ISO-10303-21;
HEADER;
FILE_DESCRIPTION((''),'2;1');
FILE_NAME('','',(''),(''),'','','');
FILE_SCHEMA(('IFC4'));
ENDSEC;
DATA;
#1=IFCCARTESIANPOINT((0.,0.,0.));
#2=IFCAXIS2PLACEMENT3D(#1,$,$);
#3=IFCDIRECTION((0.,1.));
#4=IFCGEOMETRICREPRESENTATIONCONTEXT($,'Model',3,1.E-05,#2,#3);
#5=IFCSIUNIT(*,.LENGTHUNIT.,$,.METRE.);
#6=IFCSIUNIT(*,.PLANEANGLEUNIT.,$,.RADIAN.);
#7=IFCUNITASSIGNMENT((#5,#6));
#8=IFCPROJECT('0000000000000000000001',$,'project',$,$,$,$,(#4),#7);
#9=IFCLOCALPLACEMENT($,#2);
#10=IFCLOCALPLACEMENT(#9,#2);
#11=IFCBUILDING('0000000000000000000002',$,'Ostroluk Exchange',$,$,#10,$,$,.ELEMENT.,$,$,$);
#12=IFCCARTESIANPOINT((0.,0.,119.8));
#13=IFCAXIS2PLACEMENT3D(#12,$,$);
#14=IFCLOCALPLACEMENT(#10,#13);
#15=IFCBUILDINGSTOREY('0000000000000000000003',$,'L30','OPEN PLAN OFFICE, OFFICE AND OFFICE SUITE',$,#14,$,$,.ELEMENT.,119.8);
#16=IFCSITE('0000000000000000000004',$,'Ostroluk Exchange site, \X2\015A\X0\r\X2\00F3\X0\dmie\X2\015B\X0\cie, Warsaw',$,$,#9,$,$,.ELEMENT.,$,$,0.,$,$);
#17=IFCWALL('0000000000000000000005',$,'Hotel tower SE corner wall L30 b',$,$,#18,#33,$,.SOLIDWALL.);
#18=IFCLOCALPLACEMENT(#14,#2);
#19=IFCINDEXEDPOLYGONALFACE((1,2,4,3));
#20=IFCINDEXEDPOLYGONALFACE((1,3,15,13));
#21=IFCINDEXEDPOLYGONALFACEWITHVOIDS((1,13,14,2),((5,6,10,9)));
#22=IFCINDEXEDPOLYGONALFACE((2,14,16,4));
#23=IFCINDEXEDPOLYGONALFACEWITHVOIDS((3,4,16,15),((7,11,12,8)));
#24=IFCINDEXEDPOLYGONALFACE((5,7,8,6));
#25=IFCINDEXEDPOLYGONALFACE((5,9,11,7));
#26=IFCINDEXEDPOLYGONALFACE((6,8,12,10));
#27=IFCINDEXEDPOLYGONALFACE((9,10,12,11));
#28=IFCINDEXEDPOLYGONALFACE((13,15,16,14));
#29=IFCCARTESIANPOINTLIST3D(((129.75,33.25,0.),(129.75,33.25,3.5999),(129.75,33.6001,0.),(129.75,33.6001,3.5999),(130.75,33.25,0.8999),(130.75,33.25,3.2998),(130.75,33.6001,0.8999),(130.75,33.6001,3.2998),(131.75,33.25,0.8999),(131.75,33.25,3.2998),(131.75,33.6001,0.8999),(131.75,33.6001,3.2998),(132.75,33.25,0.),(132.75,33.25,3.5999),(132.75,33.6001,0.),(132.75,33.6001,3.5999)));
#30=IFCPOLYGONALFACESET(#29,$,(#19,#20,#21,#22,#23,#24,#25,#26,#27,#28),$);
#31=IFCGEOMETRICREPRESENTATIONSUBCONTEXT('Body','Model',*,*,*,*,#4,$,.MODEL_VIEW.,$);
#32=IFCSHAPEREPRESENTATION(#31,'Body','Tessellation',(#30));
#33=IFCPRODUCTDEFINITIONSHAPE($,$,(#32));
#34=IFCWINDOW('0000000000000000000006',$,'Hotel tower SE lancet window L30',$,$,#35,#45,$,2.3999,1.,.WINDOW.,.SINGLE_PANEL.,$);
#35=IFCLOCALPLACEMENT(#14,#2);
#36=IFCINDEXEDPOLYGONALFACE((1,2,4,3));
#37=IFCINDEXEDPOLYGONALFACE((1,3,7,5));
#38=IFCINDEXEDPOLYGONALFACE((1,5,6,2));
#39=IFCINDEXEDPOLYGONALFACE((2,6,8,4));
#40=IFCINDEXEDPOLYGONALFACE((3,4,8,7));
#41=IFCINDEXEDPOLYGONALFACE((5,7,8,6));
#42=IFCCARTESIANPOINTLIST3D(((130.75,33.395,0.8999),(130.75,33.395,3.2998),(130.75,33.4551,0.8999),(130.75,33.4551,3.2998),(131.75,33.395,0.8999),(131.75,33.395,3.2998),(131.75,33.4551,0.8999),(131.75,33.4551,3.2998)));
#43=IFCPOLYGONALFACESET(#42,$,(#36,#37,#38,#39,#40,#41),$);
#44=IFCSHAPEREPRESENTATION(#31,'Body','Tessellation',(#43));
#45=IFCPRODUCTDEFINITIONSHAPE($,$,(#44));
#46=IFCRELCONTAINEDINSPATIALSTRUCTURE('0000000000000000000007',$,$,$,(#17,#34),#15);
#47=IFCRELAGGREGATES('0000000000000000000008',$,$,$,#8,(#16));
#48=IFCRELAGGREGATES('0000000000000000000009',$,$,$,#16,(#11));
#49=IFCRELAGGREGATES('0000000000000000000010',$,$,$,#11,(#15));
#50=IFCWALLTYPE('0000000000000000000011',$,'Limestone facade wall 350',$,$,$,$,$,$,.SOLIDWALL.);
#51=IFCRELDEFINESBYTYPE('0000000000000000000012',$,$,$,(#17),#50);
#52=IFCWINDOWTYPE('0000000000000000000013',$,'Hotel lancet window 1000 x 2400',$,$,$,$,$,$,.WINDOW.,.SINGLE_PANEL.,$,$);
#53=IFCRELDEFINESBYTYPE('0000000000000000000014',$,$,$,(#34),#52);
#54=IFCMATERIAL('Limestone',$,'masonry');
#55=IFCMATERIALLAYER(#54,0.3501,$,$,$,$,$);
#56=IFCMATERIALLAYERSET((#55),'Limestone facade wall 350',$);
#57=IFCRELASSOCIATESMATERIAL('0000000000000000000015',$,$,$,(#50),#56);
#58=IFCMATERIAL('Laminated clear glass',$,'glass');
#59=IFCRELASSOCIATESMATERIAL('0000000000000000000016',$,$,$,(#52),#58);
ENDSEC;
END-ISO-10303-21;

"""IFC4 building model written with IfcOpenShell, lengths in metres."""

from ifc_helpers import new_model, si_unit, direction, frame, frame_2d, origin, place, context, subcontext, project, spatial, rectangle, extrude, material, layer, layer_set, type_object, element, fill, save


model = new_model("IFC4")

# Units and contexts
model_context = context("Model", 3, precision=1e-05, world=origin(), true_north=direction((0.0, 1.0)))
body_context = subcontext(model_context, "Body", "Model", "MODEL_VIEW")
ifc_project = project(units=[si_unit("LENGTHUNIT", "METRE"), si_unit("PLANEANGLEUNIT", "RADIAN")], contexts=[model_context])

# Site, building, storey
site_placement = place(None, origin())
site = spatial("IfcSite", under=ifc_project, at=site_placement, Name="Ostroluk Exchange site, Śródmieście, Warsaw", CompositionType="ELEMENT", RefElevation=0.0)
building_placement = place(site_placement, origin())
building = spatial("IfcBuilding", under=site, at=building_placement, Name="Ostroluk Exchange", CompositionType="ELEMENT")
storey_placement = place(building_placement, frame((0.0, 0.0, 119.8)))
storey = spatial("IfcBuildingStorey", under=building, at=storey_placement, Name="L30", Description="OPEN PLAN OFFICE, OFFICE AND OFFICE SUITE", CompositionType="ELEMENT", Elevation=119.8)

# Shared definitions
ifc_material_1 = material(Name="Limestone", Category="masonry")
ifc_layer_1 = layer(ifc_material_1, 0.3501)
ifc_layer_set_1 = layer_set([ifc_layer_1], Name="Limestone facade wall 350")
wall_type = type_object("IfcWallType", Name="Limestone facade wall 350", PredefinedType="SOLIDWALL", material=ifc_layer_set_1)

# Wall, opening, window
wall_1_placement = place(storey_placement, frame((129.75, 33.425, 0.0), z_axis=(0.0, 0.0, 1.0), x_axis=(1.0, 0.0, 0.0)))
wall_1 = element("IfcWall", 1, at=wall_1_placement, inside=storey, type_object=wall_type, Name="Hotel tower SE corner wall L30 b", PredefinedType="SOLIDWALL", context=body_context, shape_type="SweptSolid", body=[
    extrude(rectangle(XDim=3.0, YDim=0.3501, at=frame_2d((1.5, 0.0))), origin(), (0.0, 0.0, 1.0), 3.5999),
])
opening_1_placement = place(wall_1_placement, frame((1.0, 0.0, 0.8999)))
opening_1 = element("IfcOpeningElement", 2, at=opening_1_placement, cuts=wall_1, PredefinedType="OPENING", context=body_context, shape_type="SweptSolid", body=[
    extrude(rectangle(XDim=1.0, YDim=2.3999, at=frame_2d((0.5, 1.2))), frame((0.0, 0.1851, 0.0), z_axis=(0.0, -1.0, 0.0), x_axis=(1.0, 0.0, 0.0)), (0.0, 0.0, 1.0), 0.3701),
])
ifc_material_2 = material(Name="Laminated clear glass", Category="glass")
window_type = type_object("IfcWindowType", Name="Hotel lancet window 1000 x 2400", PartitioningType="SINGLE_PANEL", PredefinedType="WINDOW", material=ifc_material_2)
window_placement = place(opening_1_placement, origin())
window = element("IfcWindow", 3, at=window_placement, inside=storey, type_object=window_type, Name="Hotel tower SE lancet window L30", OverallHeight=2.3999, OverallWidth=1.0, PartitioningType="SINGLE_PANEL", PredefinedType="WINDOW", context=body_context, shape_type="SweptSolid", body=[
    extrude(rectangle(XDim=1.0, YDim=2.3999, at=frame_2d((0.5, 1.2))), frame((0.0, 0.03, 0.0), z_axis=(0.0, -1.0, 0.0), x_axis=(1.0, 0.0, 0.0)), (0.0, 0.0, 1.0), 0.0601),
])
fill(opening_1, window)

save(model, "model.ifc")
